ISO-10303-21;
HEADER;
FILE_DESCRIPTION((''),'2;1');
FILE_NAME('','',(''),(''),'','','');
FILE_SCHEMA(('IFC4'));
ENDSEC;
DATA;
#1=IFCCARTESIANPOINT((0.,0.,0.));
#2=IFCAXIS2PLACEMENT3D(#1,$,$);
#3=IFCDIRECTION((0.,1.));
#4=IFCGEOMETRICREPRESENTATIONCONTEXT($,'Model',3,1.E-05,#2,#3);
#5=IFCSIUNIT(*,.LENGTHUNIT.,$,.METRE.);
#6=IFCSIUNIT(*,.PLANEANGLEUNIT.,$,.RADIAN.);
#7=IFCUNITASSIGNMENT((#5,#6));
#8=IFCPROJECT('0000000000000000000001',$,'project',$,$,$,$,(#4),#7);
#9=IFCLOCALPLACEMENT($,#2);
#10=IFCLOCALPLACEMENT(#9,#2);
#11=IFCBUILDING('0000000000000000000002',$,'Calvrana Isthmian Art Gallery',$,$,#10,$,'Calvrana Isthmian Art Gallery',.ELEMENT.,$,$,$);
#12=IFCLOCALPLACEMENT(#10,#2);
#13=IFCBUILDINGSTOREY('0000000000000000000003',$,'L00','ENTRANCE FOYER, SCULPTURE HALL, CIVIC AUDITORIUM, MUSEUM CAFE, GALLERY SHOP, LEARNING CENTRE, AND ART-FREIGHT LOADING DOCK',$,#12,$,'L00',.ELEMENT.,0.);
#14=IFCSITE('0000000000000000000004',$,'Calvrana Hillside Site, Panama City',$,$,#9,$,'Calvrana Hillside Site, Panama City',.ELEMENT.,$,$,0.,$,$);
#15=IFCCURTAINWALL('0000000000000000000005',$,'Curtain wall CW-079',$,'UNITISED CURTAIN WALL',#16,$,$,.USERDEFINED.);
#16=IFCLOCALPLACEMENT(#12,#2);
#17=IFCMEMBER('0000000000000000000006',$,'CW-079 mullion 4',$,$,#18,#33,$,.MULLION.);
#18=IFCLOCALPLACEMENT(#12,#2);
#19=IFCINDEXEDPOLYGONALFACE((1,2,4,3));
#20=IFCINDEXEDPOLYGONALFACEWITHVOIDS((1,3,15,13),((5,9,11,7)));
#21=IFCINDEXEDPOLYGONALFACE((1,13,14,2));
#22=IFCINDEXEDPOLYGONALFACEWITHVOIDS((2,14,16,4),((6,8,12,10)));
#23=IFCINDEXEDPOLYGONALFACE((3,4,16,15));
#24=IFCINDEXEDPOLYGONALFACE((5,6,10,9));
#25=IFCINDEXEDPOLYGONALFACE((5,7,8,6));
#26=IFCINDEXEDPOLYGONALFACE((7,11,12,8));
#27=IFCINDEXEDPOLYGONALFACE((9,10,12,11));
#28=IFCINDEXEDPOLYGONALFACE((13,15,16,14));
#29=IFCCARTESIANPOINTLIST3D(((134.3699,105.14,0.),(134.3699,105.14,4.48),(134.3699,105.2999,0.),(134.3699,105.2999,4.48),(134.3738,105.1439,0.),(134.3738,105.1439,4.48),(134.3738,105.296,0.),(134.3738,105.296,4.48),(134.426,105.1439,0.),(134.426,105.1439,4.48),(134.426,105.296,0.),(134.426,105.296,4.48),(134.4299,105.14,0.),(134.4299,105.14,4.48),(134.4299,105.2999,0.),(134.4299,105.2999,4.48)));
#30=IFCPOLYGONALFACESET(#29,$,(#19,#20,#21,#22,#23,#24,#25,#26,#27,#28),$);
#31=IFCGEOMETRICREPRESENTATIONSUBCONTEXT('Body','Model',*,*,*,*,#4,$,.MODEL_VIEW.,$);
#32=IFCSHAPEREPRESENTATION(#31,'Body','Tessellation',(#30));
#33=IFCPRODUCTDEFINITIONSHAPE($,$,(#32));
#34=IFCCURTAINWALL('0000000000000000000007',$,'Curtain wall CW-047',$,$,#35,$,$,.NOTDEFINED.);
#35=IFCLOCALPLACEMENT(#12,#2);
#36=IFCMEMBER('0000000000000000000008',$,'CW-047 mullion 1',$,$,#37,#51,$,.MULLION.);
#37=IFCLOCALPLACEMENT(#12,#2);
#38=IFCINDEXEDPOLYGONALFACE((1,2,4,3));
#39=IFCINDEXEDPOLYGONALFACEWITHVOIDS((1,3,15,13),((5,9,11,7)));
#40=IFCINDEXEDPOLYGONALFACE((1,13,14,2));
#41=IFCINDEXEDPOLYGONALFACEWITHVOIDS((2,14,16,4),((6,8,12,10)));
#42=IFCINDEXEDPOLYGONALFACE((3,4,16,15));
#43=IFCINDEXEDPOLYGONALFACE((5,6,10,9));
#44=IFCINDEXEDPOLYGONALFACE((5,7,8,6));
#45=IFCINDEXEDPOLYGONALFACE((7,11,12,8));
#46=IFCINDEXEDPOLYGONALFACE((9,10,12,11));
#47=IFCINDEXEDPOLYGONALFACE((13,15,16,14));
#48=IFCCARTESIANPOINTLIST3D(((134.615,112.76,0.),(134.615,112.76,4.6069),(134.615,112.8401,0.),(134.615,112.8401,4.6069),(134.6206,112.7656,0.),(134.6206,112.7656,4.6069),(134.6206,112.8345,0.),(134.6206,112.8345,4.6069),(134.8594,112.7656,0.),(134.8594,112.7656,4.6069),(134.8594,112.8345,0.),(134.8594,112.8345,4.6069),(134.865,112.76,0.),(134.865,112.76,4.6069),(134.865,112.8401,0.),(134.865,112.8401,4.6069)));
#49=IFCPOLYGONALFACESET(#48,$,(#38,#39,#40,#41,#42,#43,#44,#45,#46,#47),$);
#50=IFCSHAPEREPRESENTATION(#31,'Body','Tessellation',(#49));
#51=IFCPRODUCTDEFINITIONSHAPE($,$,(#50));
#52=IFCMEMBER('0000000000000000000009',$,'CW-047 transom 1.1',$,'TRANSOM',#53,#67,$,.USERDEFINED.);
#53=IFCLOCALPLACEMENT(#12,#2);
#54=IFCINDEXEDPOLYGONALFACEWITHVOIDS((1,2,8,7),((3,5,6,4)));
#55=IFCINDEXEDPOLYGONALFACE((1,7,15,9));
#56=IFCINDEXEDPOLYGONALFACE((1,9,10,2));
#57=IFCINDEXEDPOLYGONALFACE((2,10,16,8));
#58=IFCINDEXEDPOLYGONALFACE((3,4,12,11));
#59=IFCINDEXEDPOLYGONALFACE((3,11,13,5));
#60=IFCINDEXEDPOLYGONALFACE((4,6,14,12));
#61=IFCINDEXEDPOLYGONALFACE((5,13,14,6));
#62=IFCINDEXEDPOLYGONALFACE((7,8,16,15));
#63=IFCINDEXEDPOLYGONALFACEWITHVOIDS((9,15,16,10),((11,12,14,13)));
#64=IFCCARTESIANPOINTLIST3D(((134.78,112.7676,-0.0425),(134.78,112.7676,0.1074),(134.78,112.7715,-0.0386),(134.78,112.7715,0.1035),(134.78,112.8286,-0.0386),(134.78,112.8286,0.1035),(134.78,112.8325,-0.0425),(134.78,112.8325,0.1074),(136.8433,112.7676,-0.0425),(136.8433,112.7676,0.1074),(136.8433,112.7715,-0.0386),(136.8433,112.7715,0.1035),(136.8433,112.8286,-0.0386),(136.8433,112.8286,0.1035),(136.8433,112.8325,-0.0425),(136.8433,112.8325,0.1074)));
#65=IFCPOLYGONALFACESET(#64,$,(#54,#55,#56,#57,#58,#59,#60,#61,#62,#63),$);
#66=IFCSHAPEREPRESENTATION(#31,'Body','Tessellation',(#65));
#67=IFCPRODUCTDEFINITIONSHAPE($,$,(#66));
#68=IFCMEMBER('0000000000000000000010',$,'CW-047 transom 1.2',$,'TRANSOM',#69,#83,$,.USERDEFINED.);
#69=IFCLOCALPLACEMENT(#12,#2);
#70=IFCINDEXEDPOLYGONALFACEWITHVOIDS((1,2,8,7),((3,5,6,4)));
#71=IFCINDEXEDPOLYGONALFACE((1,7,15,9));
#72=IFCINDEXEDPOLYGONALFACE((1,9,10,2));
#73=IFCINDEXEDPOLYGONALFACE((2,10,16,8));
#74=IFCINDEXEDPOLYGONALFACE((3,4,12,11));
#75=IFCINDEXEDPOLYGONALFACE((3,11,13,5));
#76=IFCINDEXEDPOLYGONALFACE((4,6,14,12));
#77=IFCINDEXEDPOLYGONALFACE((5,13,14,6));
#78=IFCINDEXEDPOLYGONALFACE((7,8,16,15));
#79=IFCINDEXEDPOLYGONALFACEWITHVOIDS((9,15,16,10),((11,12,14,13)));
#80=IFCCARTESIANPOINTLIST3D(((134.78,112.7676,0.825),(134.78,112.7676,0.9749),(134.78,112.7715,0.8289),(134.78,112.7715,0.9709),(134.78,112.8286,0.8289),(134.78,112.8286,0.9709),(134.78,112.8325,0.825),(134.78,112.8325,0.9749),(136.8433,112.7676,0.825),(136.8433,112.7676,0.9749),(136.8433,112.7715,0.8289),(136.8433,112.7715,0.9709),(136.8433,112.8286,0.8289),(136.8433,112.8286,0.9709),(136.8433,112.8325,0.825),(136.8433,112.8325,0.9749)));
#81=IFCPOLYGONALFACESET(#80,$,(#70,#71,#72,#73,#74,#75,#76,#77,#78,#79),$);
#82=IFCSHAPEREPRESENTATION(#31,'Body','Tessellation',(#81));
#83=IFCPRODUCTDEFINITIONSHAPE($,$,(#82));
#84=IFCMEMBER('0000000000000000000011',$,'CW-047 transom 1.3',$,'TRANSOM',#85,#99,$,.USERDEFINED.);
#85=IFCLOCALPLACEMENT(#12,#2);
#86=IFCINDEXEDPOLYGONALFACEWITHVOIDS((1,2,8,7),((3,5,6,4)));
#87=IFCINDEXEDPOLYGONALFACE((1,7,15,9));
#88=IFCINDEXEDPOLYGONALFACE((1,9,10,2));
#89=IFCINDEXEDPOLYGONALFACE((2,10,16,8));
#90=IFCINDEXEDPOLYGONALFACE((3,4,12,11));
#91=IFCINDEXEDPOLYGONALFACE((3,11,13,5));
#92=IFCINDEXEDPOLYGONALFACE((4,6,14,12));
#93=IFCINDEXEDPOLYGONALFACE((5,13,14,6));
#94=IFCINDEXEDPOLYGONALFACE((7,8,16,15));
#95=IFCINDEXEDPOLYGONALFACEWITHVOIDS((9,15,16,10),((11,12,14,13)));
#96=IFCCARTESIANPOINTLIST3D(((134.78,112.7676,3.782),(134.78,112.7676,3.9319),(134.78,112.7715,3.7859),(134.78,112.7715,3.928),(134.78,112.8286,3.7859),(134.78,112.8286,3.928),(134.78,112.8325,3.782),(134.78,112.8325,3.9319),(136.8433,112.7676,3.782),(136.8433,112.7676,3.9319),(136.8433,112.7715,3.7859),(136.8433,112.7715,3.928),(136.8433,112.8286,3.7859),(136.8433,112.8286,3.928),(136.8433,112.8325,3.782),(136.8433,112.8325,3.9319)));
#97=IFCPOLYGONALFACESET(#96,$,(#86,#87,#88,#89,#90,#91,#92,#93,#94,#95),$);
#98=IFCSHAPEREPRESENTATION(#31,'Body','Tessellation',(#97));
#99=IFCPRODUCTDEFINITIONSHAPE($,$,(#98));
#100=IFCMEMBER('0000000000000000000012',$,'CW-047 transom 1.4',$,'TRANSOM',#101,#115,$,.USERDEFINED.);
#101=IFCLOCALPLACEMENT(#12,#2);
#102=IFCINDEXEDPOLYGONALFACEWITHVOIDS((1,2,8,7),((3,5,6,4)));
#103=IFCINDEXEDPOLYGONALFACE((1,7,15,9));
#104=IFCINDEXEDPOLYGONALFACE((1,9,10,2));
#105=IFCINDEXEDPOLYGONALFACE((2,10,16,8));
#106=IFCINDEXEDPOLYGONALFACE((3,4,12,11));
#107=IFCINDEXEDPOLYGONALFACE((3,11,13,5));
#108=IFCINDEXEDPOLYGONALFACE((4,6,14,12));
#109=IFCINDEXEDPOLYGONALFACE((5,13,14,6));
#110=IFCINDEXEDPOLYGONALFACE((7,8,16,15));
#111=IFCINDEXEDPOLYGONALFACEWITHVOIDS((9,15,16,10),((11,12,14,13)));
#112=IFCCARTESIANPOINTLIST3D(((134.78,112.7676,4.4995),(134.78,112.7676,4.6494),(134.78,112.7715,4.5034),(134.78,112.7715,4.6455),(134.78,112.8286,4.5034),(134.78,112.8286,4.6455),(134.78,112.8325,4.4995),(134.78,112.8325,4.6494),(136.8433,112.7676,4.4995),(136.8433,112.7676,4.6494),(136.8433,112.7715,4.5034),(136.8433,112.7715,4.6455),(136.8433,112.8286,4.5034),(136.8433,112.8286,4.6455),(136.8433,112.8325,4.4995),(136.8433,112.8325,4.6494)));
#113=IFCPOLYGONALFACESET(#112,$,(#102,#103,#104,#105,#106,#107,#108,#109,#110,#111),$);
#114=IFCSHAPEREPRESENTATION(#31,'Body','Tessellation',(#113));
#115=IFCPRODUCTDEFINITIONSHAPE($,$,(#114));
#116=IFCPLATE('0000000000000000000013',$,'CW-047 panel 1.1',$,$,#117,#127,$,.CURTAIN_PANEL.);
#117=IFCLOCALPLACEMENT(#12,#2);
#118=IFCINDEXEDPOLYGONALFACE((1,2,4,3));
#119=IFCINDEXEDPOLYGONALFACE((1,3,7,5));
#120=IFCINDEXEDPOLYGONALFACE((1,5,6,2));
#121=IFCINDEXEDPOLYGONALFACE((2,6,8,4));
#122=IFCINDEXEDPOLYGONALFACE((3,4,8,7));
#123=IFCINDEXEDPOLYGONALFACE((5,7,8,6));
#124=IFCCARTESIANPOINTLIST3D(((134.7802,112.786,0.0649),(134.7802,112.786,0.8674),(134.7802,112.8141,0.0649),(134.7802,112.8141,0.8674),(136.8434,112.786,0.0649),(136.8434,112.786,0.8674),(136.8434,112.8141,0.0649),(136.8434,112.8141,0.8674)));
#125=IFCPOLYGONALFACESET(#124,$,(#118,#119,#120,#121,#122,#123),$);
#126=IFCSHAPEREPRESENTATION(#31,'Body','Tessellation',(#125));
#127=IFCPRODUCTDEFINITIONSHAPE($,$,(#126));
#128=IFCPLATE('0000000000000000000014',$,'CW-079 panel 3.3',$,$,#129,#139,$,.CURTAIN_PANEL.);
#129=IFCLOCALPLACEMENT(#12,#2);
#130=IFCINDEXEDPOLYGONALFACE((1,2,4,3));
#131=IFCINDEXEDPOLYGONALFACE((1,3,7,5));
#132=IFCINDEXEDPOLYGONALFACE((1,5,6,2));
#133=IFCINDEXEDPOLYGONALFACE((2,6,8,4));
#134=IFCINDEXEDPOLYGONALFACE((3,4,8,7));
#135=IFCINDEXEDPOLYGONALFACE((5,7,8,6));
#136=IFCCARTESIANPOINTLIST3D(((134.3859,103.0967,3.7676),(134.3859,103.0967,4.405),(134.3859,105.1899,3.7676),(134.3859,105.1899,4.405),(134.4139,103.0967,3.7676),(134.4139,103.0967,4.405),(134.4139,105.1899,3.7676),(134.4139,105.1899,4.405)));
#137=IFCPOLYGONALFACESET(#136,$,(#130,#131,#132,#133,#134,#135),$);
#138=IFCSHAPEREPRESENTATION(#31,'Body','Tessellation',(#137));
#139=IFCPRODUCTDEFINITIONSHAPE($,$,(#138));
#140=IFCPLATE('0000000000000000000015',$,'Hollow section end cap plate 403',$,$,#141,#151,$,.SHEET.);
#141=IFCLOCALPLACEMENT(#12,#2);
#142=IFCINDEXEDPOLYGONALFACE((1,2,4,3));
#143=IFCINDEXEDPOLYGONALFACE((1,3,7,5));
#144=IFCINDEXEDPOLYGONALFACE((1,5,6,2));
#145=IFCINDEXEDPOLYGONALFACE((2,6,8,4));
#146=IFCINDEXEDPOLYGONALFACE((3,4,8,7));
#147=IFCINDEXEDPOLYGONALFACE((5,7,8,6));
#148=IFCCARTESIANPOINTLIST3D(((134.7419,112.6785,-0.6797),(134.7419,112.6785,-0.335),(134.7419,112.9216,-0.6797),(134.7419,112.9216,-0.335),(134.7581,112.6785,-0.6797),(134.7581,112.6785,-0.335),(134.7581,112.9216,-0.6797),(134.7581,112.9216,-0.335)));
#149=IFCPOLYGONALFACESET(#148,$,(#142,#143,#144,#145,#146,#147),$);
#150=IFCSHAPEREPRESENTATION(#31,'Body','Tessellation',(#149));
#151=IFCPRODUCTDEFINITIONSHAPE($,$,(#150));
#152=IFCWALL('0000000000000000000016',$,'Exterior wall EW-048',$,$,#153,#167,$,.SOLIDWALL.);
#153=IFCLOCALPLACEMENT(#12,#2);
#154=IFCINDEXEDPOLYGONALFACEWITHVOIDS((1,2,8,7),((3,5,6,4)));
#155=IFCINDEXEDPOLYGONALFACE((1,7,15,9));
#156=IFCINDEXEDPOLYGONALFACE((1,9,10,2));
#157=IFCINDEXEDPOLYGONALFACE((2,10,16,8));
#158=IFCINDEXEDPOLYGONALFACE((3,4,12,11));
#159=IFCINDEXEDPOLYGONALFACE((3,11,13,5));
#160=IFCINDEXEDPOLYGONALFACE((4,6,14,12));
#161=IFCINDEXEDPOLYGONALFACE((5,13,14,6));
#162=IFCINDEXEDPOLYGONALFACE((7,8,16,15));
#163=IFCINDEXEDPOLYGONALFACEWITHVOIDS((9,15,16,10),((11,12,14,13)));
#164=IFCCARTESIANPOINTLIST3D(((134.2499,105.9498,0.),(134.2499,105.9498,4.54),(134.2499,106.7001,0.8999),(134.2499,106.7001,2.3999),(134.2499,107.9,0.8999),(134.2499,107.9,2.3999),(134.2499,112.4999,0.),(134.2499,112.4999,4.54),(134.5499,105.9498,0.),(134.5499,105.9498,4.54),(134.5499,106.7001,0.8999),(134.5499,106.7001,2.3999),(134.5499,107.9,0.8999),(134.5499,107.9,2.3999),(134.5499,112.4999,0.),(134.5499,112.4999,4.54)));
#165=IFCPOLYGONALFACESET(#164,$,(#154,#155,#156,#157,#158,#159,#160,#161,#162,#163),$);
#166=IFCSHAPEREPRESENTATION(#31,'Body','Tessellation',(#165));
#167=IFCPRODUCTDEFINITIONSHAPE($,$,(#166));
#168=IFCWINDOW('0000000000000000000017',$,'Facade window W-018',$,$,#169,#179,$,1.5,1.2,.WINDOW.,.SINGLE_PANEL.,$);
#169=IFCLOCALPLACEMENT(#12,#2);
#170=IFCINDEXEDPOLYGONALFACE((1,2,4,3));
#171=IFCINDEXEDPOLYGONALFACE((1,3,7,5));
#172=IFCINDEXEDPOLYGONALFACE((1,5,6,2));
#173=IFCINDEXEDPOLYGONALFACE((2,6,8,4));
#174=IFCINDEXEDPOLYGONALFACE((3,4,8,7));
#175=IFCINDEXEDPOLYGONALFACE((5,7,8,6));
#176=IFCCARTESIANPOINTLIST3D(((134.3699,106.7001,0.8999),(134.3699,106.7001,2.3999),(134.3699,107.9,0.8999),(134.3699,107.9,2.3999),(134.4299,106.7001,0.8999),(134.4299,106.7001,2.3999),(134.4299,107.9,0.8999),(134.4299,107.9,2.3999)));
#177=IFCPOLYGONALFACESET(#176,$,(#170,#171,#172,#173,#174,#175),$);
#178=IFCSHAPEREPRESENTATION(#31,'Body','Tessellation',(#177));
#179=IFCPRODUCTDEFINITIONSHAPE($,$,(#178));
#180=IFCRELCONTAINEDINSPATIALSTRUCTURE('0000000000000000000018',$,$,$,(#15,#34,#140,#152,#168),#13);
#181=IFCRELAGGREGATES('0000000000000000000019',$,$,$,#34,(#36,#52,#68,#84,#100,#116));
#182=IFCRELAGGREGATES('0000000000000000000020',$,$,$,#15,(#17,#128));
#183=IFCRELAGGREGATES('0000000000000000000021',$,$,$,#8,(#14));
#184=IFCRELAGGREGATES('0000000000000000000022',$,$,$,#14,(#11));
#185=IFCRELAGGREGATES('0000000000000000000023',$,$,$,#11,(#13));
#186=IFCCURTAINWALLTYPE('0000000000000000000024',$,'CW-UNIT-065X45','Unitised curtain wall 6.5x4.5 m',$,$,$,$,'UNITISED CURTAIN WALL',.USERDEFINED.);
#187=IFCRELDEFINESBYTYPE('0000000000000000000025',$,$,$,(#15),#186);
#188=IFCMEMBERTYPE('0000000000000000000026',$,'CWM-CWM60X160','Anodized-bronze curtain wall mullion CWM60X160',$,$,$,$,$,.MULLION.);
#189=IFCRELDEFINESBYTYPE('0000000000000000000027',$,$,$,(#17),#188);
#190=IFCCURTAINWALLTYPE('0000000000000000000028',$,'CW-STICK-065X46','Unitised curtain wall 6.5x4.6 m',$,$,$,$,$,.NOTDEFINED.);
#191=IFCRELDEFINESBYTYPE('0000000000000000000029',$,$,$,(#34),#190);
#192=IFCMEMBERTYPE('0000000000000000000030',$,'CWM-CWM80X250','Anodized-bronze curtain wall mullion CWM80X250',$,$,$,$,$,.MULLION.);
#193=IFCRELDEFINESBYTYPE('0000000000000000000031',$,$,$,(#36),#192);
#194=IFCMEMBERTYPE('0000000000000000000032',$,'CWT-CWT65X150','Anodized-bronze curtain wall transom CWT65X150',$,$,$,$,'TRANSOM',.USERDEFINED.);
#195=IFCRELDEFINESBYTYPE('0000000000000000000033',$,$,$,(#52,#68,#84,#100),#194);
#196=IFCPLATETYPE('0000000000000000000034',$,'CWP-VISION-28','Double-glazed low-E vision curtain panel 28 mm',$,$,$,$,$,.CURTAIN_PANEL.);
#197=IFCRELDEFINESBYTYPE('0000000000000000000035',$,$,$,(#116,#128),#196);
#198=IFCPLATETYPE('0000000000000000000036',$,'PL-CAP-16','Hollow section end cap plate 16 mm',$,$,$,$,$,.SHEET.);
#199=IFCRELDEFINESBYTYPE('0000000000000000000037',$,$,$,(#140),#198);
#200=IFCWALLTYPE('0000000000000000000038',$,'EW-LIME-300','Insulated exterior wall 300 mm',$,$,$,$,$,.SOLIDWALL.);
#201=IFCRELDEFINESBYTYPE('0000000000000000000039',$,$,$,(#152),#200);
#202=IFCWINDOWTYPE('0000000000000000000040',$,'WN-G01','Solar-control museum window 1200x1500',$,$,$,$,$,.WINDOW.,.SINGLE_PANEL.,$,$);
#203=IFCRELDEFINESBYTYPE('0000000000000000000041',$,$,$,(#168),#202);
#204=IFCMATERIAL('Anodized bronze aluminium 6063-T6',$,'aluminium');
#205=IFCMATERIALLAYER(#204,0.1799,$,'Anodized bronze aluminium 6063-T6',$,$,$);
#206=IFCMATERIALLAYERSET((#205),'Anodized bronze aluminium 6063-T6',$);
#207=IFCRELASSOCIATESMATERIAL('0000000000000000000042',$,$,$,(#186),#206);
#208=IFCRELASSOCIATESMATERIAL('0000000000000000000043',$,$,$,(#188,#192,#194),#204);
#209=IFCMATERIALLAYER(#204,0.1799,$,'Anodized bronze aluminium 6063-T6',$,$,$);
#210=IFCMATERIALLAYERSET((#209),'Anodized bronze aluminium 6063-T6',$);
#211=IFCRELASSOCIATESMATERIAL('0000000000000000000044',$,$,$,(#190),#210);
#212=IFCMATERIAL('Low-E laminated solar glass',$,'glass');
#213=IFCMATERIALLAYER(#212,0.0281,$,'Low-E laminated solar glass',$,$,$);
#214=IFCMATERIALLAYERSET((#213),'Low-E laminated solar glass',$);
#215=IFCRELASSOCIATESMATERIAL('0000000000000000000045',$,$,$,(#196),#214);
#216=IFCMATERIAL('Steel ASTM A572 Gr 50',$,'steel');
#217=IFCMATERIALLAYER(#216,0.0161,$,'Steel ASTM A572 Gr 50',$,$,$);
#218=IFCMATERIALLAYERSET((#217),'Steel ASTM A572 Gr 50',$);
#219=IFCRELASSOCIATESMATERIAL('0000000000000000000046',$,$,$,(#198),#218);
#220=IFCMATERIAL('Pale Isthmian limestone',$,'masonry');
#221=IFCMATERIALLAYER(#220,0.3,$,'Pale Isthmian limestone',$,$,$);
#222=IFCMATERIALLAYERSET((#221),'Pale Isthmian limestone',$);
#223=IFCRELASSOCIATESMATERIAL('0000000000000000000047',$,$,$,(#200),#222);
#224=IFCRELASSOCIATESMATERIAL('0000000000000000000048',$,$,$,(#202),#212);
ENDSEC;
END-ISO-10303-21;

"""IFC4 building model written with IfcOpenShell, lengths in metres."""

from ifc_helpers import new_model, si_unit, direction, frame, frame_2d, origin, origin_2d, place, context, subcontext, project, spatial, rectangle, hollow_rectangle, extrude, material, layer, layer_set, material_profile, profile_set, type_object, element, fill, aggregate, save


model = new_model("IFC4")

# Units and contexts
model_context = context("Model", 3, precision=1e-05, world=origin(), true_north=direction((0.0, 1.0)))
body_context = subcontext(model_context, "Body", "Model", "MODEL_VIEW")
ifc_project = project(units=[si_unit("LENGTHUNIT", "METRE"), si_unit("PLANEANGLEUNIT", "RADIAN")], contexts=[model_context])

# Site, building, storey
site_placement = place(None, origin())
site = spatial("IfcSite", under=ifc_project, at=site_placement, Name="Calvrana Hillside Site, Panama City", LongName="Calvrana Hillside Site, Panama City", CompositionType="ELEMENT", RefElevation=0.0)
building_placement = place(site_placement, origin())
building = spatial("IfcBuilding", under=site, at=building_placement, Name="Calvrana Isthmian Art Gallery", LongName="Calvrana Isthmian Art Gallery", CompositionType="ELEMENT")
storey_placement = place(building_placement, origin())
storey = spatial("IfcBuildingStorey", under=building, at=storey_placement, Name="L00", Description="ENTRANCE FOYER, SCULPTURE HALL, CIVIC AUDITORIUM, MUSEUM CAFE, GALLERY SHOP, LEARNING CENTRE, AND ART-FREIGHT LOADING DOCK", LongName="L00", CompositionType="ELEMENT", Elevation=0.0)

# Curtain wall, member
ifc_material_1 = material(Name="Anodized bronze aluminium 6063-T6", Category="aluminium")
ifc_layer_1 = layer(ifc_material_1, 0.1799, Name="Anodized bronze aluminium 6063-T6")
ifc_layer_set_1 = layer_set([ifc_layer_1], Name="Anodized bronze aluminium 6063-T6")
curtain_wall_type_1 = type_object("IfcCurtainWallType", Name="CW-UNIT-065X45", Description="Unitised curtain wall 6.5x4.5 m", ElementType="UNITISED CURTAIN WALL", PredefinedType="USERDEFINED", material=ifc_layer_set_1)
curtain_wall_1_placement = place(storey_placement, origin())
curtain_wall_1 = element("IfcCurtainWall", 1, at=curtain_wall_1_placement, inside=storey, type_object=curtain_wall_type_1, Name="Curtain wall CW-079", ObjectType="UNITISED CURTAIN WALL", PredefinedType="USERDEFINED")
ifc_material_profile_1 = material_profile(ifc_material_1, hollow_rectangle(XDim=0.0601, YDim=0.1599, WallThickness=0.0039, at=origin_2d()), Name="CWM60X160")
ifc_profile_set_1 = profile_set([ifc_material_profile_1], Name="Anodized bronze aluminium 6063-T6")
member_type_1 = type_object("IfcMemberType", Name="CWM-CWM60X160", Description="Anodized-bronze curtain wall mullion CWM60X160", PredefinedType="MULLION", material=ifc_profile_set_1)
member_1_placement = place(storey_placement, frame((134.3999, 105.22, 0.0), z_axis=(0.0, 0.0, 1.0), x_axis=(-1.0, 0.0, 0.0)))
member_1 = element("IfcMember", 2, at=member_1_placement, type_object=member_type_1, Name="CW-079 mullion 4", PredefinedType="MULLION", context=body_context, shape_type="SweptSolid", body=[
    extrude(hollow_rectangle(XDim=0.0601, YDim=0.1599, WallThickness=0.0039, at=origin_2d()), origin(), (0.0, 0.0, 1.0), 4.48),
])

# Curtain wall, members, plate
ifc_layer_2 = layer(ifc_material_1, 0.1799, Name="Anodized bronze aluminium 6063-T6")
ifc_layer_set_2 = layer_set([ifc_layer_2], Name="Anodized bronze aluminium 6063-T6")
curtain_wall_type_2 = type_object("IfcCurtainWallType", Name="CW-STICK-065X46", Description="Unitised curtain wall 6.5x4.6 m", PredefinedType="NOTDEFINED", material=ifc_layer_set_2)
curtain_wall_2_placement = place(storey_placement, origin())
curtain_wall_2 = element("IfcCurtainWall", 3, at=curtain_wall_2_placement, inside=storey, type_object=curtain_wall_type_2, Name="Curtain wall CW-047", PredefinedType="NOTDEFINED")
ifc_material_profile_2 = material_profile(ifc_material_1, hollow_rectangle(XDim=0.0801, YDim=0.25, WallThickness=0.0056, at=origin_2d()), Name="CWM80X250")
ifc_profile_set_2 = profile_set([ifc_material_profile_2], Name="Anodized bronze aluminium 6063-T6")
member_type_2 = type_object("IfcMemberType", Name="CWM-CWM80X250", Description="Anodized-bronze curtain wall mullion CWM80X250", PredefinedType="MULLION", material=ifc_profile_set_2)
member_2_placement = place(storey_placement, frame((134.74, 112.8, 0.0), z_axis=(0.0, 0.0, 1.0), x_axis=(0.0, 1.0, 0.0)))
member_2 = element("IfcMember", 4, at=member_2_placement, type_object=member_type_2, Name="CW-047 mullion 1", PredefinedType="MULLION", context=body_context, shape_type="SweptSolid", body=[
    extrude(hollow_rectangle(XDim=0.0801, YDim=0.25, WallThickness=0.0056, at=origin_2d()), origin(), (0.0, 0.0, 1.0), 4.6069),
])
ifc_material_profile_3 = material_profile(ifc_material_1, hollow_rectangle(XDim=0.0649, YDim=0.1499, WallThickness=0.0039, at=origin_2d()), Name="CWT65X150")
ifc_profile_set_3 = profile_set([ifc_material_profile_3], Name="Anodized bronze aluminium 6063-T6")
member_type_3 = type_object("IfcMemberType", Name="CWT-CWT65X150", Description="Anodized-bronze curtain wall transom CWT65X150", ElementType="TRANSOM", PredefinedType="USERDEFINED", material=ifc_profile_set_3)
member_3_placement = place(storey_placement, frame((134.78, 112.8, 0.0325), z_axis=(1.0, 0.0, 0.0), x_axis=(0.0, 1.0, 0.0)))
member_3 = element("IfcMember", 5, at=member_3_placement, type_object=member_type_3, Name="CW-047 transom 1.1", ObjectType="TRANSOM", PredefinedType="USERDEFINED", context=body_context, shape_type="SweptSolid", body=[
    extrude(hollow_rectangle(XDim=0.0649, YDim=0.1499, WallThickness=0.0039, at=origin_2d()), origin(), (0.0, 0.0, 1.0), 2.0632),
])
member_4_placement = place(storey_placement, frame((134.78, 112.8, 0.8999), z_axis=(1.0, 0.0, 0.0), x_axis=(0.0, 1.0, 0.0)))
member_4 = element("IfcMember", 6, at=member_4_placement, type_object=member_type_3, Name="CW-047 transom 1.2", ObjectType="TRANSOM", PredefinedType="USERDEFINED", context=body_context, shape_type="SweptSolid", body=[
    extrude(hollow_rectangle(XDim=0.0649, YDim=0.1499, WallThickness=0.0039, at=origin_2d()), origin(), (0.0, 0.0, 1.0), 2.0632),
])
member_5_placement = place(storey_placement, frame((134.78, 112.8, 3.8569), z_axis=(1.0, 0.0, 0.0), x_axis=(0.0, 1.0, 0.0)))
member_5 = element("IfcMember", 7, at=member_5_placement, type_object=member_type_3, Name="CW-047 transom 1.3", ObjectType="TRANSOM", PredefinedType="USERDEFINED", context=body_context, shape_type="SweptSolid", body=[
    extrude(hollow_rectangle(XDim=0.0649, YDim=0.1499, WallThickness=0.0039, at=origin_2d()), origin(), (0.0, 0.0, 1.0), 2.0632),
])
member_6_placement = place(storey_placement, frame((134.78, 112.8, 4.5745), z_axis=(1.0, 0.0, 0.0), x_axis=(0.0, 1.0, 0.0)))
member_6 = element("IfcMember", 8, at=member_6_placement, type_object=member_type_3, Name="CW-047 transom 1.4", ObjectType="TRANSOM", PredefinedType="USERDEFINED", context=body_context, shape_type="SweptSolid", body=[
    extrude(hollow_rectangle(XDim=0.0649, YDim=0.1499, WallThickness=0.0039, at=origin_2d()), origin(), (0.0, 0.0, 1.0), 2.0632),
])
ifc_material_2 = material(Name="Low-E laminated solar glass", Category="glass")
ifc_layer_3 = layer(ifc_material_2, 0.0281, Name="Low-E laminated solar glass")
ifc_layer_set_3 = layer_set([ifc_layer_3], Name="Low-E laminated solar glass")
plate_type_1 = type_object("IfcPlateType", Name="CWP-VISION-28", Description="Double-glazed low-E vision curtain panel 28 mm", PredefinedType="CURTAIN_PANEL", material=ifc_layer_set_3)
plate_1_placement = place(storey_placement, frame((135.8118, 112.8, 0.0649), z_axis=(0.0, 0.0, 1.0), x_axis=(1.0, 0.0, 0.0)))
plate_1 = element("IfcPlate", 9, at=plate_1_placement, type_object=plate_type_1, Name="CW-047 panel 1.1", PredefinedType="CURTAIN_PANEL", context=body_context, shape_type="SweptSolid", body=[
    extrude(rectangle(XDim=2.0632, YDim=0.0281, at=origin_2d()), origin(), (0.0, 0.0, 1.0), 0.8025),
])
aggregate(curtain_wall_2, [member_2, member_3, member_4, member_5, member_6, plate_1])

# Plates
plate_2_placement = place(storey_placement, frame((134.3999, 104.1433, 3.7676), z_axis=(0.0, 0.0, 1.0), x_axis=(0.0, 1.0, 0.0)))
plate_2 = element("IfcPlate", 10, at=plate_2_placement, type_object=plate_type_1, Name="CW-079 panel 3.3", PredefinedType="CURTAIN_PANEL", context=body_context, shape_type="SweptSolid", body=[
    extrude(rectangle(XDim=2.0933, YDim=0.0281, at=origin_2d()), origin(), (0.0, 0.0, 1.0), 0.6375),
])
aggregate(curtain_wall_1, [member_1, plate_2])
ifc_material_3 = material(Name="Steel ASTM A572 Gr 50", Category="steel")
ifc_layer_4 = layer(ifc_material_3, 0.0161, Name="Steel ASTM A572 Gr 50")
ifc_layer_set_4 = layer_set([ifc_layer_4], Name="Steel ASTM A572 Gr 50")
plate_type_2 = type_object("IfcPlateType", Name="PL-CAP-16", Description="Hollow section end cap plate 16 mm", PredefinedType="SHEET", material=ifc_layer_set_4)
plate_3_placement = place(storey_placement, frame((134.75, 112.8, -0.6797), z_axis=(0.0, 0.0, 1.0), x_axis=(1.0, 0.0, 0.0)))
element("IfcPlate", 11, at=plate_3_placement, inside=storey, type_object=plate_type_2, Name="Hollow section end cap plate 403", PredefinedType="SHEET", context=body_context, shape_type="SweptSolid", body=[
    extrude(rectangle(XDim=0.0161, YDim=0.2432, at=origin_2d()), origin(), (0.0, 0.0, 1.0), 0.3447),
])

# Wall, opening, window
ifc_material_4 = material(Name="Pale Isthmian limestone", Category="masonry")
ifc_layer_5 = layer(ifc_material_4, 0.3, Name="Pale Isthmian limestone")
ifc_layer_set_5 = layer_set([ifc_layer_5], Name="Pale Isthmian limestone")
wall_type_1 = type_object("IfcWallType", Name="EW-LIME-300", Description="Insulated exterior wall 300 mm", PredefinedType="SOLIDWALL", material=ifc_layer_set_5)
wall_1_placement = place(storey_placement, frame((134.3999, 105.95, 0.0), z_axis=(0.0, 0.0, 1.0), x_axis=(0.0, 1.0, 0.0)))
wall_1 = element("IfcWall", 12, at=wall_1_placement, inside=storey, type_object=wall_type_1, Name="Exterior wall EW-048", PredefinedType="SOLIDWALL", context=body_context, shape_type="SweptSolid", body=[
    extrude(rectangle(XDim=6.55, YDim=0.3, at=frame_2d((3.2749, 0.0))), origin(), (0.0, 0.0, 1.0), 4.54),
])
opening_1_placement = place(wall_1_placement, frame((0.75, 0.0, 0.8999)))
opening_1 = element("IfcOpeningElement", 13, at=opening_1_placement, cuts=wall_1, PredefinedType="OPENING", context=body_context, shape_type="SweptSolid", body=[
    extrude(rectangle(XDim=1.2, YDim=1.5, at=frame_2d((0.6001, 0.75))), frame((0.0, 0.1602, 0.0), z_axis=(0.0, -1.0, 0.0), x_axis=(1.0, 0.0, 0.0)), (0.0, 0.0, 1.0), 0.3206),
])
window_type = type_object("IfcWindowType", Name="WN-G01", Description="Solar-control museum window 1200x1500", PartitioningType="SINGLE_PANEL", PredefinedType="WINDOW", material=ifc_material_2)
window_placement = place(opening_1_placement, origin())
window = element("IfcWindow", 14, at=window_placement, inside=storey, type_object=window_type, Name="Facade window W-018", OverallHeight=1.5, OverallWidth=1.2, PartitioningType="SINGLE_PANEL", PredefinedType="WINDOW", context=body_context, shape_type="SweptSolid", body=[
    extrude(rectangle(XDim=1.2, YDim=1.5, at=frame_2d((0.6001, 0.75))), frame((0.0, 0.03, 0.0), z_axis=(0.0, -1.0, 0.0), x_axis=(1.0, 0.0, 0.0)), (0.0, 0.0, 1.0), 0.0601),
])
fill(opening_1, window)

save(model, "model.ifc")
